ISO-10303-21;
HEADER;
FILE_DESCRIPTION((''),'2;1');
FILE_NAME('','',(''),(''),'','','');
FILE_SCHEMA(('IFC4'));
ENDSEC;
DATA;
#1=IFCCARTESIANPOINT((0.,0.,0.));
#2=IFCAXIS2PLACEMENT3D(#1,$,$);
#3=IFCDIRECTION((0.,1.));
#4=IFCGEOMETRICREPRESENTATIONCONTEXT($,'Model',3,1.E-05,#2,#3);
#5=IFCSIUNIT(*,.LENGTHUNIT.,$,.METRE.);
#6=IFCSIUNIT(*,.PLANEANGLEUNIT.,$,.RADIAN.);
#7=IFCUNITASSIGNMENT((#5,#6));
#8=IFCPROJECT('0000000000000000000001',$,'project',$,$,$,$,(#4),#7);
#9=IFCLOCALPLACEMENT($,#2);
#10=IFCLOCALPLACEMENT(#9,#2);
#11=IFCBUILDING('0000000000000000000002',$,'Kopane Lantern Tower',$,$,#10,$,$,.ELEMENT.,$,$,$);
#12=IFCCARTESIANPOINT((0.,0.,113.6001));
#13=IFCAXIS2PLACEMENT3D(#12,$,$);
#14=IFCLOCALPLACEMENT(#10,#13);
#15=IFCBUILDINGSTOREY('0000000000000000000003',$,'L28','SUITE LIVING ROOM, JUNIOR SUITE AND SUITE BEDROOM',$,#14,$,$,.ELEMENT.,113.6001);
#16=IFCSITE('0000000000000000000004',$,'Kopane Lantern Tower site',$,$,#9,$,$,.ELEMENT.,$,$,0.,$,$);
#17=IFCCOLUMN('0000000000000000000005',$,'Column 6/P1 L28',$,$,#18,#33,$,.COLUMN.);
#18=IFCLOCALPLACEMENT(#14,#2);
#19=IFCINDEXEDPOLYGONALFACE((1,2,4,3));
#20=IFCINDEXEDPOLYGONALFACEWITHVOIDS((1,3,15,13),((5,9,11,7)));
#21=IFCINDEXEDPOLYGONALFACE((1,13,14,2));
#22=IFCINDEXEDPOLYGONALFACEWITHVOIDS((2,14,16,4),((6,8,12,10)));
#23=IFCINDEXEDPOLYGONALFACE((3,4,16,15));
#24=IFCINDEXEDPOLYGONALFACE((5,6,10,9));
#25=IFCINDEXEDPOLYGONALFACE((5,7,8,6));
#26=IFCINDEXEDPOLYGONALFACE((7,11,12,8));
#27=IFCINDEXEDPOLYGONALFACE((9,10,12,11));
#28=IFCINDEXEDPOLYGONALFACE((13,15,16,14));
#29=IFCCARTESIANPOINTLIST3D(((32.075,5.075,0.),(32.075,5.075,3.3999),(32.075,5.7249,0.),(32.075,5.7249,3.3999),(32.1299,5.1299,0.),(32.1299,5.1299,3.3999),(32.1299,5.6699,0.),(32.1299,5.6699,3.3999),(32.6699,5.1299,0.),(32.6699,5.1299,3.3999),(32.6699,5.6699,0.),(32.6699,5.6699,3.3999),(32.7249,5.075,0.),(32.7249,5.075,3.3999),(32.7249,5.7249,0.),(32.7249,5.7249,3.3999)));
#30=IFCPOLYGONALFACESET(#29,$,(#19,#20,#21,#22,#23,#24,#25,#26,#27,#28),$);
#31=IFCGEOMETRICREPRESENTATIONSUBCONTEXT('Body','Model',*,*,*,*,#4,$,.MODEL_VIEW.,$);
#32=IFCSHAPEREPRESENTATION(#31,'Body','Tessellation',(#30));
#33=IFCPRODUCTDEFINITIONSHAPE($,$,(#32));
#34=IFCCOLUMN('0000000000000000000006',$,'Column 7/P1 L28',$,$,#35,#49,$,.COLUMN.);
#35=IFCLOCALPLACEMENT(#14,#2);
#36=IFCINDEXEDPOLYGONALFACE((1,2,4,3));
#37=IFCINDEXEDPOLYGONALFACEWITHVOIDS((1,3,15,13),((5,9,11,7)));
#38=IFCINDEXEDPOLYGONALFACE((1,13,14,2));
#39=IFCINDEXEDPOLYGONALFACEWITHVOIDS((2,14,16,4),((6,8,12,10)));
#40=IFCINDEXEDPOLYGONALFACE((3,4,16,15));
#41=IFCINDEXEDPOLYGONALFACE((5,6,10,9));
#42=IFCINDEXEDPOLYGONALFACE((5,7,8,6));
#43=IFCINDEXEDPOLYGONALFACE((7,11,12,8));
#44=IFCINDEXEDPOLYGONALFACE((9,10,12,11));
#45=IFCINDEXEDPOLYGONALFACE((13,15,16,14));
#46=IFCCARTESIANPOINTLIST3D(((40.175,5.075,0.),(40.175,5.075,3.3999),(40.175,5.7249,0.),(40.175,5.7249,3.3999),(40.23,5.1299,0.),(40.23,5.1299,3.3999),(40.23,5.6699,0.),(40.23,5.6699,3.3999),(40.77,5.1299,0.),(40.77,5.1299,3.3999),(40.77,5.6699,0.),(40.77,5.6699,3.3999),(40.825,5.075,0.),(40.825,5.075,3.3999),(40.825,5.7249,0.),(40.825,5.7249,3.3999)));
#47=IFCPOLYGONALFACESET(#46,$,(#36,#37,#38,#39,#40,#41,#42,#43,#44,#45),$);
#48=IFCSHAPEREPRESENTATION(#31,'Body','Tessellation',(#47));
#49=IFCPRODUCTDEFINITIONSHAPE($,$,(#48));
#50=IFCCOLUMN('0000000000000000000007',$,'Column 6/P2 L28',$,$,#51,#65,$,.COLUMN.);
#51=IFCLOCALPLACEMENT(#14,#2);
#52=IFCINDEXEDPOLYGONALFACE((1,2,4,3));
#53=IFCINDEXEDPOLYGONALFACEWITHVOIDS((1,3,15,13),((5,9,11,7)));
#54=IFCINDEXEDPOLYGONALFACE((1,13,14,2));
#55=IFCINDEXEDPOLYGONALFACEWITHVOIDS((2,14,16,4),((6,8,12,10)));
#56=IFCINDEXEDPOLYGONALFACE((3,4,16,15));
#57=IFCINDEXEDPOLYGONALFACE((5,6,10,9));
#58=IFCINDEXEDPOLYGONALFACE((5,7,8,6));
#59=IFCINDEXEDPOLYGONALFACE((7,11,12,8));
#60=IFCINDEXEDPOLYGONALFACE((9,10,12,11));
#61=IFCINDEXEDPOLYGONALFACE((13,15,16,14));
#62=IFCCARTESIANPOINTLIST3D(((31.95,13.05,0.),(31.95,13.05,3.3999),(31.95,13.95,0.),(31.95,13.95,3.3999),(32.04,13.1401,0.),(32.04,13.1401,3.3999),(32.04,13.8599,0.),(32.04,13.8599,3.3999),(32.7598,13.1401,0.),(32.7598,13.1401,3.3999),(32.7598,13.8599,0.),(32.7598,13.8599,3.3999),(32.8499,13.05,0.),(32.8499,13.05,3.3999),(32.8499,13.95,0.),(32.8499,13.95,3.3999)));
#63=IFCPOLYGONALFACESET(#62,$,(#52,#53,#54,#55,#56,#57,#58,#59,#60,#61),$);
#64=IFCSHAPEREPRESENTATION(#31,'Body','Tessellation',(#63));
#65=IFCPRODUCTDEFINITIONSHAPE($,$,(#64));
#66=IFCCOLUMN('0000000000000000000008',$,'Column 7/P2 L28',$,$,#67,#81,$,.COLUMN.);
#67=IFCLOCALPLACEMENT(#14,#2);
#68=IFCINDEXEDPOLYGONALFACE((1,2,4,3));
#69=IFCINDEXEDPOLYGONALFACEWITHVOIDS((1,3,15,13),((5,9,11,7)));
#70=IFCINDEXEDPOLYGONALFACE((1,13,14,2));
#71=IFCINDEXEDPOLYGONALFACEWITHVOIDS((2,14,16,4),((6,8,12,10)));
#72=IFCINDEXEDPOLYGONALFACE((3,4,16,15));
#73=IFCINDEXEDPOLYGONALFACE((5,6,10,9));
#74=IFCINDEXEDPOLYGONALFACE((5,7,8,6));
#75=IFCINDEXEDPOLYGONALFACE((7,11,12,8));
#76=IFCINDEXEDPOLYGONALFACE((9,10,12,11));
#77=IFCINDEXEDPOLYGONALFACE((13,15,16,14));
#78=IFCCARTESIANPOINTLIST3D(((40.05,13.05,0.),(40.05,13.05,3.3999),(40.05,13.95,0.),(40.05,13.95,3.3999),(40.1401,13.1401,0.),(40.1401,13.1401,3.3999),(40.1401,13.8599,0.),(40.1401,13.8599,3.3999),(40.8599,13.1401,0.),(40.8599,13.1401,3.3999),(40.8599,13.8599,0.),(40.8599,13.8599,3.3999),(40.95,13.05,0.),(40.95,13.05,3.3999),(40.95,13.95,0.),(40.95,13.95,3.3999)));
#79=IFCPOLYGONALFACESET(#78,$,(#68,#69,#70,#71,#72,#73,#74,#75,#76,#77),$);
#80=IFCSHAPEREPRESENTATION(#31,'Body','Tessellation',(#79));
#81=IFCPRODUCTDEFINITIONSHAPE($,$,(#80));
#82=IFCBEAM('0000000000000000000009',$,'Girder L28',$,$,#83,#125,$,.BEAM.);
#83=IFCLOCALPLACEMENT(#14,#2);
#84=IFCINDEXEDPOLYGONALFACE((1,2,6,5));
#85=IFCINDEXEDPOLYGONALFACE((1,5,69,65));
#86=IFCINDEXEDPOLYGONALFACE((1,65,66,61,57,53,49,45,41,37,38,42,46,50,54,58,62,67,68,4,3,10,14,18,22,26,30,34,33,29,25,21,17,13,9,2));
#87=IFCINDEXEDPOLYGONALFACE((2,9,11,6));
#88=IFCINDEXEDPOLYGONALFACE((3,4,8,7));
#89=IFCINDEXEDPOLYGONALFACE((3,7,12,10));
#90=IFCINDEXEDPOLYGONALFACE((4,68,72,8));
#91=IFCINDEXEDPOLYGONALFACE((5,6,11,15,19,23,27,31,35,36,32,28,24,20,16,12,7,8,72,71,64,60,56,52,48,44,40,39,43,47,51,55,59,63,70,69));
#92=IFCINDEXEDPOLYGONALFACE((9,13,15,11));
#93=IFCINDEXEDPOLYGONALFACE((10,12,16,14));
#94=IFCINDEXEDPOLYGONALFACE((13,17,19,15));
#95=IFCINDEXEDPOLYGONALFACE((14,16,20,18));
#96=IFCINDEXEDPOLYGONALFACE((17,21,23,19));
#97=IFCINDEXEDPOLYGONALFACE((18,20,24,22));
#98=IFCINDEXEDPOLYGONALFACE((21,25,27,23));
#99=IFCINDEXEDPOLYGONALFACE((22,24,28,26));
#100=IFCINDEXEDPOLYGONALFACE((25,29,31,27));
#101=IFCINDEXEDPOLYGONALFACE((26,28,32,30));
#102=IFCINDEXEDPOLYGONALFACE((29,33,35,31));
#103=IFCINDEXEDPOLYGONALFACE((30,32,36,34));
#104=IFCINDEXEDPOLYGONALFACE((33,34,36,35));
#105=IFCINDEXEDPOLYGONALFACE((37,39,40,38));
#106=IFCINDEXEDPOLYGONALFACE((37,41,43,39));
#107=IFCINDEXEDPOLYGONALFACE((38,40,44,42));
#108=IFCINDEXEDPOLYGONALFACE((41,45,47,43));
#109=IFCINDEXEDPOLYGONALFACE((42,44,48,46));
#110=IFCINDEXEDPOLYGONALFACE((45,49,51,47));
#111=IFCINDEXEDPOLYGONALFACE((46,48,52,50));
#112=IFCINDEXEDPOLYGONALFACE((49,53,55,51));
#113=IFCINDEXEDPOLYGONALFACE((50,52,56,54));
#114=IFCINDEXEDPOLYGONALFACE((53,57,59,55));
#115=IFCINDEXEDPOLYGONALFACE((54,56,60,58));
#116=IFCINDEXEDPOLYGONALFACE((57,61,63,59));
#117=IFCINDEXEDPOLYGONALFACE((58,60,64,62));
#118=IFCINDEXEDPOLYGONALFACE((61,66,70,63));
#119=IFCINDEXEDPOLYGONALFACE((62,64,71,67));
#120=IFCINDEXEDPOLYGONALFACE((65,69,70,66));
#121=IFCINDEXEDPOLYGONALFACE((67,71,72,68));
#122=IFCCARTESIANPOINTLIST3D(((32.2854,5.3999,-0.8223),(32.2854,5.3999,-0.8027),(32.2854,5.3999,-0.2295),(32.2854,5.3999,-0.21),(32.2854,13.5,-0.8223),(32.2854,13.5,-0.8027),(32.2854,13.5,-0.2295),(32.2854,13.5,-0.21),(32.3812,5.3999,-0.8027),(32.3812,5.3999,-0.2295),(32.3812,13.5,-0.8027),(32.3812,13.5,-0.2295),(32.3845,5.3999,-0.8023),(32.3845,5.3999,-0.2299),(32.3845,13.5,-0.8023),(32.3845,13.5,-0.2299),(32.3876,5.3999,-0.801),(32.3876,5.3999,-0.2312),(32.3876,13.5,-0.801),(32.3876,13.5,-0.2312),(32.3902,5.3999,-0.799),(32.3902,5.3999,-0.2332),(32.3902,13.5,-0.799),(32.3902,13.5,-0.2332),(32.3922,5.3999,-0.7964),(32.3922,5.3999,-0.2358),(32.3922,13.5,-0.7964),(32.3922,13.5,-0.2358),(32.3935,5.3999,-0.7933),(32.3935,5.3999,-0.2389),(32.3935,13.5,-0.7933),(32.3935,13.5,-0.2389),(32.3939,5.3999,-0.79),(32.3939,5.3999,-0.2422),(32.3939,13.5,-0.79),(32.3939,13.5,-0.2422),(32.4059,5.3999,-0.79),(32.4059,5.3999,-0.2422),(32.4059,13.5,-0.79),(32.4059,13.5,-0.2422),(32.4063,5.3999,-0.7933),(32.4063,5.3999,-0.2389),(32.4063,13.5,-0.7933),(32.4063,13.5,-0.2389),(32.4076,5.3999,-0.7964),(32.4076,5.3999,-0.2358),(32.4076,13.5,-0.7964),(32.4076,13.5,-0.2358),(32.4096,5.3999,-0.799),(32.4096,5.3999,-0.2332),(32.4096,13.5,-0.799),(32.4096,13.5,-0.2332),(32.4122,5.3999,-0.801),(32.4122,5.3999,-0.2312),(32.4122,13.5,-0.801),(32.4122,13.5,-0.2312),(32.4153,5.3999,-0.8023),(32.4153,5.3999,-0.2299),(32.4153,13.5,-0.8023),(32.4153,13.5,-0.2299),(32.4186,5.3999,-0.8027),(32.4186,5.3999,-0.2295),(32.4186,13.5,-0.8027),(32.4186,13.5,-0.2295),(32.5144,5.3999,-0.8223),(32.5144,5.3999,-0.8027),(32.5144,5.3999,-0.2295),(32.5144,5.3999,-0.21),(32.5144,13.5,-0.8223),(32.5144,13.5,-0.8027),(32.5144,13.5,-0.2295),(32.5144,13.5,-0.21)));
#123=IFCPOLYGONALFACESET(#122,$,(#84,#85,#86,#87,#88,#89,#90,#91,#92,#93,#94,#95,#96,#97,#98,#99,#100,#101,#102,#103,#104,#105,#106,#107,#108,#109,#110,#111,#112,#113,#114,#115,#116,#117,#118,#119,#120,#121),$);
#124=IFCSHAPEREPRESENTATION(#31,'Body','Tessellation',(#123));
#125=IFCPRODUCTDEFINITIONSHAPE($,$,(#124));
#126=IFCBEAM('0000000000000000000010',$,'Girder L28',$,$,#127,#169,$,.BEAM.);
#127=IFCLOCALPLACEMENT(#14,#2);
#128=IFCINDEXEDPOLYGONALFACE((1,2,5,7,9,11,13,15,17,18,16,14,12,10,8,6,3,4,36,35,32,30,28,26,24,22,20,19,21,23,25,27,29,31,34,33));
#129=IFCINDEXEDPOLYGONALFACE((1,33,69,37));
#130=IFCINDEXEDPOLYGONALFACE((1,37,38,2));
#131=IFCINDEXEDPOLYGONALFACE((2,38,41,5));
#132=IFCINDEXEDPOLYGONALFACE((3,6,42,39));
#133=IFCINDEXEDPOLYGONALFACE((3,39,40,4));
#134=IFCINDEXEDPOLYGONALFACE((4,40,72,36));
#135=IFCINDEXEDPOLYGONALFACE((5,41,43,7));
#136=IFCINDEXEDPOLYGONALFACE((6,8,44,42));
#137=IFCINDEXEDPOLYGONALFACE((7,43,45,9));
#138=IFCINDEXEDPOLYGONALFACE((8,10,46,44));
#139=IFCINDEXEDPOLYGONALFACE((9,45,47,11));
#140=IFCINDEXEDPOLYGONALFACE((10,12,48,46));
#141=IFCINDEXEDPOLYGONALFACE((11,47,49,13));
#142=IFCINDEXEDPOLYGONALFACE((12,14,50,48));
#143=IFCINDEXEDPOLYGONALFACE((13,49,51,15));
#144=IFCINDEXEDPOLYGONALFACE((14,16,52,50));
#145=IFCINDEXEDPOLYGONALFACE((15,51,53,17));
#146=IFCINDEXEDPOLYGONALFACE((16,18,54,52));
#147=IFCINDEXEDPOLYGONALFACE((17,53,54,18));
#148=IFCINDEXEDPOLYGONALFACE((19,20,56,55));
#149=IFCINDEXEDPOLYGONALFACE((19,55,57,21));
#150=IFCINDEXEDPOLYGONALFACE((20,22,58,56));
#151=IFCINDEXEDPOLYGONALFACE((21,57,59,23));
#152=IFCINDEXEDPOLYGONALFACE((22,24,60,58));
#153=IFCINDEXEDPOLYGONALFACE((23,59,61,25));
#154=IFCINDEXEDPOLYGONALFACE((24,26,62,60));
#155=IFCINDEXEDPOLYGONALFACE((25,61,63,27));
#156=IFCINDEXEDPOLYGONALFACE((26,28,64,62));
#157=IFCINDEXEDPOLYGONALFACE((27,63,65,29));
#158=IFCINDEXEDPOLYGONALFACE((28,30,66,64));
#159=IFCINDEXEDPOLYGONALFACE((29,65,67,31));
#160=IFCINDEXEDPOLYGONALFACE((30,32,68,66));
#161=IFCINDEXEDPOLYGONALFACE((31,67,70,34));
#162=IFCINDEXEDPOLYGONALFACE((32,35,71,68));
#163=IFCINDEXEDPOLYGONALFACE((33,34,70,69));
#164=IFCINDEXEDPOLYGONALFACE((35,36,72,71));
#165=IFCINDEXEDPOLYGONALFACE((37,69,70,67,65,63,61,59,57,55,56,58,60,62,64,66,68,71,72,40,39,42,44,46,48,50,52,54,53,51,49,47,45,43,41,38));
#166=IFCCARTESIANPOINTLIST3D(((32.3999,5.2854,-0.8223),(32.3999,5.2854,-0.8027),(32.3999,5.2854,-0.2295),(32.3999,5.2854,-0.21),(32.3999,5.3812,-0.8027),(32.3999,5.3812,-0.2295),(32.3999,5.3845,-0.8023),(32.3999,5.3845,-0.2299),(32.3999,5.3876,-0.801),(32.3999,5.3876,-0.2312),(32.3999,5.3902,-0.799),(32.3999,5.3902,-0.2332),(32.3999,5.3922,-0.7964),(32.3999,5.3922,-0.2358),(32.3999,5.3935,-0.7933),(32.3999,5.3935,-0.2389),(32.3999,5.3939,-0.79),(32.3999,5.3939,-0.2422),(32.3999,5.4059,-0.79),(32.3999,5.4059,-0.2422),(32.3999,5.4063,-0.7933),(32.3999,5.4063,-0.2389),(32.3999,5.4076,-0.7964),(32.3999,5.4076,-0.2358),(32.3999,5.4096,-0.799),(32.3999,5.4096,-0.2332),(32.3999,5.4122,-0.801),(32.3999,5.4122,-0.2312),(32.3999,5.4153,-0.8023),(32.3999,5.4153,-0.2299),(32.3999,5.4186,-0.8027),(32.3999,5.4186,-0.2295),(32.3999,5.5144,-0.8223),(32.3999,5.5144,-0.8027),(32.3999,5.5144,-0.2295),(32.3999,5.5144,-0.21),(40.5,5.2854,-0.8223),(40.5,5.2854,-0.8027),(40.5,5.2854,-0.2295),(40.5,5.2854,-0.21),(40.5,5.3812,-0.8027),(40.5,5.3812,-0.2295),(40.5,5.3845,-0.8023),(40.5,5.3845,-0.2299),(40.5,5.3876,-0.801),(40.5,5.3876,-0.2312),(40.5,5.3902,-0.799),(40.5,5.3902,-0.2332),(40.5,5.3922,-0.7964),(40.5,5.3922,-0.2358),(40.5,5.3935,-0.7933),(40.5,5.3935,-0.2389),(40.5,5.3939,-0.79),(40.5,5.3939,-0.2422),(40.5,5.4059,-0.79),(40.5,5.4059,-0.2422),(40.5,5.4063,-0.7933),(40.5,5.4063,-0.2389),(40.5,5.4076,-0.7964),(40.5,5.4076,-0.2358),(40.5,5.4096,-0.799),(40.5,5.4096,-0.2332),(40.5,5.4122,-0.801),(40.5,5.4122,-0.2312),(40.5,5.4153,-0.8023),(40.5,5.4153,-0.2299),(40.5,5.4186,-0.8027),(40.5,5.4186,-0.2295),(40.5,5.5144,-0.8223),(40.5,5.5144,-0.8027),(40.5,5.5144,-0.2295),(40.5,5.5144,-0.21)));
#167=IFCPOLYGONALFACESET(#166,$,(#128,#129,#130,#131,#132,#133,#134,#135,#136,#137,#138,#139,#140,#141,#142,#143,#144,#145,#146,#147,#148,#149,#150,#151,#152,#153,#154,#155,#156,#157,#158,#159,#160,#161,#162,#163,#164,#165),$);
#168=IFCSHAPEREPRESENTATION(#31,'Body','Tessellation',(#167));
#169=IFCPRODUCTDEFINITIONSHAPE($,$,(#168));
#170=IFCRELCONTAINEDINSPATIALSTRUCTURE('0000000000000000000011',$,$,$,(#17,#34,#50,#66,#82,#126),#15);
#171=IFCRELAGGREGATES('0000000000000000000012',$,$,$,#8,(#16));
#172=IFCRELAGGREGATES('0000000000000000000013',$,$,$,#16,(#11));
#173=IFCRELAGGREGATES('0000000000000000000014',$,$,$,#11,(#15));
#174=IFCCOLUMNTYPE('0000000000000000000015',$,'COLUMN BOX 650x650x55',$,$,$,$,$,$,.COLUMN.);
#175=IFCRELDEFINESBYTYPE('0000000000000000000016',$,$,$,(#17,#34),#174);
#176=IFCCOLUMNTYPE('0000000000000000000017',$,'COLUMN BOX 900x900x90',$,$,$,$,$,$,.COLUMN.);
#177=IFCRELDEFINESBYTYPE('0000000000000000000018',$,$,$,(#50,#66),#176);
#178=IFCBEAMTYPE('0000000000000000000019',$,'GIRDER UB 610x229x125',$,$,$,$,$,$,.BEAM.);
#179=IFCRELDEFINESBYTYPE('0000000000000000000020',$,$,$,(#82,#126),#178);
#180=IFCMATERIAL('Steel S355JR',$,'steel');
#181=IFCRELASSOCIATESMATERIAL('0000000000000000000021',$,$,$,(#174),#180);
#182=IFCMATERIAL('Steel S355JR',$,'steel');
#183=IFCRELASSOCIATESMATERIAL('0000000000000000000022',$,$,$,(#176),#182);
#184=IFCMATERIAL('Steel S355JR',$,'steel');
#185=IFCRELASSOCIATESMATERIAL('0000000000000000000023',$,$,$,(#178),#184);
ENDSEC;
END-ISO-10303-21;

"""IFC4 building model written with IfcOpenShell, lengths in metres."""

from ifc_helpers import new_model, si_unit, direction, frame, origin, origin_2d, place, context, subcontext, project, spatial, hollow_rectangle, i_section, extrude, material, material_profile, profile_set, type_object, element, save


model = new_model("IFC4")

# Units and contexts
model_context = context("Model", 3, precision=1e-05, world=origin(), true_north=direction((0.0, 1.0)))
body_context = subcontext(model_context, "Body", "Model", "MODEL_VIEW")
ifc_project = project(units=[si_unit("LENGTHUNIT", "METRE"), si_unit("PLANEANGLEUNIT", "RADIAN")], contexts=[model_context])

# Site, building, storey
site_placement = place(None, origin())
site = spatial("IfcSite", under=ifc_project, at=site_placement, Name="Kopane Lantern Tower site", CompositionType="ELEMENT", RefElevation=0.0)
building_placement = place(site_placement, origin())
building = spatial("IfcBuilding", under=site, at=building_placement, Name="Kopane Lantern Tower", CompositionType="ELEMENT")
storey_placement = place(building_placement, frame((0.0, 0.0, 113.6001)))
storey = spatial("IfcBuildingStorey", under=building, at=storey_placement, Name="L28", Description="SUITE LIVING ROOM, JUNIOR SUITE AND SUITE BEDROOM", CompositionType="ELEMENT", Elevation=113.6001)

# Columns
ifc_material_1 = material(Name="Steel S355JR", Category="steel")
ifc_material_profile_1 = material_profile(ifc_material_1, hollow_rectangle(XDim=0.6499, YDim=0.6499, WallThickness=0.0549, at=origin_2d()), Name="BOX 650x650x55")
ifc_profile_set_1 = profile_set([ifc_material_profile_1], Name="Steel S355JR")
column_type_1 = type_object("IfcColumnType", Name="COLUMN BOX 650x650x55", PredefinedType="COLUMN", material=ifc_profile_set_1)
for number, where, z_axis, x_axis, name in (
    (1, (32.3999, 5.3999, 0.0), (0.0, 0.0, 1.0), (1.0, 0.0, 0.0), "Column 6/P1 L28"),
    (2, (40.5, 5.3999, 0.0), (0.0, 0.0, 1.0), (1.0, 0.0, 0.0), "Column 7/P1 L28"),
):
    element("IfcColumn", number, at=place(storey_placement, frame(where, z_axis=z_axis, x_axis=x_axis)), inside=storey, type_object=column_type_1, Name=name, PredefinedType="COLUMN", context=body_context, shape_type="SweptSolid", body=[
        extrude(hollow_rectangle(XDim=0.6499, YDim=0.6499, WallThickness=0.0549, at=origin_2d()), origin(), (0.0, 0.0, 1.0), 3.3999),
    ])
ifc_material_2 = material(Name="Steel S355JR", Category="steel")
ifc_material_profile_2 = material_profile(ifc_material_2, hollow_rectangle(XDim=0.8999, YDim=0.8999, WallThickness=0.0901, at=origin_2d()), Name="BOX 900x900x90")
ifc_profile_set_2 = profile_set([ifc_material_profile_2], Name="Steel S355JR")
column_type_2 = type_object("IfcColumnType", Name="COLUMN BOX 900x900x90", PredefinedType="COLUMN", material=ifc_profile_set_2)
for number, where, z_axis, x_axis, name in (
    (3, (32.3999, 13.5, 0.0), (0.0, 0.0, 1.0), (1.0, 0.0, 0.0), "Column 6/P2 L28"),
    (4, (40.5, 13.5, 0.0), (0.0, 0.0, 1.0), (1.0, 0.0, 0.0), "Column 7/P2 L28"),
):
    element("IfcColumn", number, at=place(storey_placement, frame(where, z_axis=z_axis, x_axis=x_axis)), inside=storey, type_object=column_type_2, Name=name, PredefinedType="COLUMN", context=body_context, shape_type="SweptSolid", body=[
        extrude(hollow_rectangle(XDim=0.8999, YDim=0.8999, WallThickness=0.0901, at=origin_2d()), origin(), (0.0, 0.0, 1.0), 3.3999),
    ])

# Beams
ifc_material_3 = material(Name="Steel S355JR", Category="steel")
ifc_material_profile_3 = material_profile(ifc_material_3, i_section(OverallWidth=0.229, OverallDepth=0.6123, WebThickness=0.012, FlangeThickness=0.0195, FilletRadius=0.0127, at=origin_2d()), Name="UB 610x229x125")
ifc_profile_set_3 = profile_set([ifc_material_profile_3], Name="Steel S355JR")
beam_type = type_object("IfcBeamType", Name="GIRDER UB 610x229x125", PredefinedType="BEAM", material=ifc_profile_set_3)
for number, where, z_axis, x_axis, name in (
    (5, (32.3999, 5.3999, -0.5161), (0.0, 1.0, 0.0), (-1.0, 0.0, 0.0), "Girder L28"),
    (6, (32.3999, 5.3999, -0.5161), (1.0, 0.0, 0.0), (0.0, 1.0, 0.0), "Girder L28"),
):
    element("IfcBeam", number, at=place(storey_placement, frame(where, z_axis=z_axis, x_axis=x_axis)), inside=storey, type_object=beam_type, Name=name, PredefinedType="BEAM", context=body_context, shape_type="SweptSolid", body=[
        extrude(i_section(OverallWidth=0.229, OverallDepth=0.6123, WebThickness=0.012, FlangeThickness=0.0195, FilletRadius=0.0127, at=origin_2d()), origin(), (0.0, 0.0, 1.0), 8.1001),
    ])

save(model, "model.ifc")
